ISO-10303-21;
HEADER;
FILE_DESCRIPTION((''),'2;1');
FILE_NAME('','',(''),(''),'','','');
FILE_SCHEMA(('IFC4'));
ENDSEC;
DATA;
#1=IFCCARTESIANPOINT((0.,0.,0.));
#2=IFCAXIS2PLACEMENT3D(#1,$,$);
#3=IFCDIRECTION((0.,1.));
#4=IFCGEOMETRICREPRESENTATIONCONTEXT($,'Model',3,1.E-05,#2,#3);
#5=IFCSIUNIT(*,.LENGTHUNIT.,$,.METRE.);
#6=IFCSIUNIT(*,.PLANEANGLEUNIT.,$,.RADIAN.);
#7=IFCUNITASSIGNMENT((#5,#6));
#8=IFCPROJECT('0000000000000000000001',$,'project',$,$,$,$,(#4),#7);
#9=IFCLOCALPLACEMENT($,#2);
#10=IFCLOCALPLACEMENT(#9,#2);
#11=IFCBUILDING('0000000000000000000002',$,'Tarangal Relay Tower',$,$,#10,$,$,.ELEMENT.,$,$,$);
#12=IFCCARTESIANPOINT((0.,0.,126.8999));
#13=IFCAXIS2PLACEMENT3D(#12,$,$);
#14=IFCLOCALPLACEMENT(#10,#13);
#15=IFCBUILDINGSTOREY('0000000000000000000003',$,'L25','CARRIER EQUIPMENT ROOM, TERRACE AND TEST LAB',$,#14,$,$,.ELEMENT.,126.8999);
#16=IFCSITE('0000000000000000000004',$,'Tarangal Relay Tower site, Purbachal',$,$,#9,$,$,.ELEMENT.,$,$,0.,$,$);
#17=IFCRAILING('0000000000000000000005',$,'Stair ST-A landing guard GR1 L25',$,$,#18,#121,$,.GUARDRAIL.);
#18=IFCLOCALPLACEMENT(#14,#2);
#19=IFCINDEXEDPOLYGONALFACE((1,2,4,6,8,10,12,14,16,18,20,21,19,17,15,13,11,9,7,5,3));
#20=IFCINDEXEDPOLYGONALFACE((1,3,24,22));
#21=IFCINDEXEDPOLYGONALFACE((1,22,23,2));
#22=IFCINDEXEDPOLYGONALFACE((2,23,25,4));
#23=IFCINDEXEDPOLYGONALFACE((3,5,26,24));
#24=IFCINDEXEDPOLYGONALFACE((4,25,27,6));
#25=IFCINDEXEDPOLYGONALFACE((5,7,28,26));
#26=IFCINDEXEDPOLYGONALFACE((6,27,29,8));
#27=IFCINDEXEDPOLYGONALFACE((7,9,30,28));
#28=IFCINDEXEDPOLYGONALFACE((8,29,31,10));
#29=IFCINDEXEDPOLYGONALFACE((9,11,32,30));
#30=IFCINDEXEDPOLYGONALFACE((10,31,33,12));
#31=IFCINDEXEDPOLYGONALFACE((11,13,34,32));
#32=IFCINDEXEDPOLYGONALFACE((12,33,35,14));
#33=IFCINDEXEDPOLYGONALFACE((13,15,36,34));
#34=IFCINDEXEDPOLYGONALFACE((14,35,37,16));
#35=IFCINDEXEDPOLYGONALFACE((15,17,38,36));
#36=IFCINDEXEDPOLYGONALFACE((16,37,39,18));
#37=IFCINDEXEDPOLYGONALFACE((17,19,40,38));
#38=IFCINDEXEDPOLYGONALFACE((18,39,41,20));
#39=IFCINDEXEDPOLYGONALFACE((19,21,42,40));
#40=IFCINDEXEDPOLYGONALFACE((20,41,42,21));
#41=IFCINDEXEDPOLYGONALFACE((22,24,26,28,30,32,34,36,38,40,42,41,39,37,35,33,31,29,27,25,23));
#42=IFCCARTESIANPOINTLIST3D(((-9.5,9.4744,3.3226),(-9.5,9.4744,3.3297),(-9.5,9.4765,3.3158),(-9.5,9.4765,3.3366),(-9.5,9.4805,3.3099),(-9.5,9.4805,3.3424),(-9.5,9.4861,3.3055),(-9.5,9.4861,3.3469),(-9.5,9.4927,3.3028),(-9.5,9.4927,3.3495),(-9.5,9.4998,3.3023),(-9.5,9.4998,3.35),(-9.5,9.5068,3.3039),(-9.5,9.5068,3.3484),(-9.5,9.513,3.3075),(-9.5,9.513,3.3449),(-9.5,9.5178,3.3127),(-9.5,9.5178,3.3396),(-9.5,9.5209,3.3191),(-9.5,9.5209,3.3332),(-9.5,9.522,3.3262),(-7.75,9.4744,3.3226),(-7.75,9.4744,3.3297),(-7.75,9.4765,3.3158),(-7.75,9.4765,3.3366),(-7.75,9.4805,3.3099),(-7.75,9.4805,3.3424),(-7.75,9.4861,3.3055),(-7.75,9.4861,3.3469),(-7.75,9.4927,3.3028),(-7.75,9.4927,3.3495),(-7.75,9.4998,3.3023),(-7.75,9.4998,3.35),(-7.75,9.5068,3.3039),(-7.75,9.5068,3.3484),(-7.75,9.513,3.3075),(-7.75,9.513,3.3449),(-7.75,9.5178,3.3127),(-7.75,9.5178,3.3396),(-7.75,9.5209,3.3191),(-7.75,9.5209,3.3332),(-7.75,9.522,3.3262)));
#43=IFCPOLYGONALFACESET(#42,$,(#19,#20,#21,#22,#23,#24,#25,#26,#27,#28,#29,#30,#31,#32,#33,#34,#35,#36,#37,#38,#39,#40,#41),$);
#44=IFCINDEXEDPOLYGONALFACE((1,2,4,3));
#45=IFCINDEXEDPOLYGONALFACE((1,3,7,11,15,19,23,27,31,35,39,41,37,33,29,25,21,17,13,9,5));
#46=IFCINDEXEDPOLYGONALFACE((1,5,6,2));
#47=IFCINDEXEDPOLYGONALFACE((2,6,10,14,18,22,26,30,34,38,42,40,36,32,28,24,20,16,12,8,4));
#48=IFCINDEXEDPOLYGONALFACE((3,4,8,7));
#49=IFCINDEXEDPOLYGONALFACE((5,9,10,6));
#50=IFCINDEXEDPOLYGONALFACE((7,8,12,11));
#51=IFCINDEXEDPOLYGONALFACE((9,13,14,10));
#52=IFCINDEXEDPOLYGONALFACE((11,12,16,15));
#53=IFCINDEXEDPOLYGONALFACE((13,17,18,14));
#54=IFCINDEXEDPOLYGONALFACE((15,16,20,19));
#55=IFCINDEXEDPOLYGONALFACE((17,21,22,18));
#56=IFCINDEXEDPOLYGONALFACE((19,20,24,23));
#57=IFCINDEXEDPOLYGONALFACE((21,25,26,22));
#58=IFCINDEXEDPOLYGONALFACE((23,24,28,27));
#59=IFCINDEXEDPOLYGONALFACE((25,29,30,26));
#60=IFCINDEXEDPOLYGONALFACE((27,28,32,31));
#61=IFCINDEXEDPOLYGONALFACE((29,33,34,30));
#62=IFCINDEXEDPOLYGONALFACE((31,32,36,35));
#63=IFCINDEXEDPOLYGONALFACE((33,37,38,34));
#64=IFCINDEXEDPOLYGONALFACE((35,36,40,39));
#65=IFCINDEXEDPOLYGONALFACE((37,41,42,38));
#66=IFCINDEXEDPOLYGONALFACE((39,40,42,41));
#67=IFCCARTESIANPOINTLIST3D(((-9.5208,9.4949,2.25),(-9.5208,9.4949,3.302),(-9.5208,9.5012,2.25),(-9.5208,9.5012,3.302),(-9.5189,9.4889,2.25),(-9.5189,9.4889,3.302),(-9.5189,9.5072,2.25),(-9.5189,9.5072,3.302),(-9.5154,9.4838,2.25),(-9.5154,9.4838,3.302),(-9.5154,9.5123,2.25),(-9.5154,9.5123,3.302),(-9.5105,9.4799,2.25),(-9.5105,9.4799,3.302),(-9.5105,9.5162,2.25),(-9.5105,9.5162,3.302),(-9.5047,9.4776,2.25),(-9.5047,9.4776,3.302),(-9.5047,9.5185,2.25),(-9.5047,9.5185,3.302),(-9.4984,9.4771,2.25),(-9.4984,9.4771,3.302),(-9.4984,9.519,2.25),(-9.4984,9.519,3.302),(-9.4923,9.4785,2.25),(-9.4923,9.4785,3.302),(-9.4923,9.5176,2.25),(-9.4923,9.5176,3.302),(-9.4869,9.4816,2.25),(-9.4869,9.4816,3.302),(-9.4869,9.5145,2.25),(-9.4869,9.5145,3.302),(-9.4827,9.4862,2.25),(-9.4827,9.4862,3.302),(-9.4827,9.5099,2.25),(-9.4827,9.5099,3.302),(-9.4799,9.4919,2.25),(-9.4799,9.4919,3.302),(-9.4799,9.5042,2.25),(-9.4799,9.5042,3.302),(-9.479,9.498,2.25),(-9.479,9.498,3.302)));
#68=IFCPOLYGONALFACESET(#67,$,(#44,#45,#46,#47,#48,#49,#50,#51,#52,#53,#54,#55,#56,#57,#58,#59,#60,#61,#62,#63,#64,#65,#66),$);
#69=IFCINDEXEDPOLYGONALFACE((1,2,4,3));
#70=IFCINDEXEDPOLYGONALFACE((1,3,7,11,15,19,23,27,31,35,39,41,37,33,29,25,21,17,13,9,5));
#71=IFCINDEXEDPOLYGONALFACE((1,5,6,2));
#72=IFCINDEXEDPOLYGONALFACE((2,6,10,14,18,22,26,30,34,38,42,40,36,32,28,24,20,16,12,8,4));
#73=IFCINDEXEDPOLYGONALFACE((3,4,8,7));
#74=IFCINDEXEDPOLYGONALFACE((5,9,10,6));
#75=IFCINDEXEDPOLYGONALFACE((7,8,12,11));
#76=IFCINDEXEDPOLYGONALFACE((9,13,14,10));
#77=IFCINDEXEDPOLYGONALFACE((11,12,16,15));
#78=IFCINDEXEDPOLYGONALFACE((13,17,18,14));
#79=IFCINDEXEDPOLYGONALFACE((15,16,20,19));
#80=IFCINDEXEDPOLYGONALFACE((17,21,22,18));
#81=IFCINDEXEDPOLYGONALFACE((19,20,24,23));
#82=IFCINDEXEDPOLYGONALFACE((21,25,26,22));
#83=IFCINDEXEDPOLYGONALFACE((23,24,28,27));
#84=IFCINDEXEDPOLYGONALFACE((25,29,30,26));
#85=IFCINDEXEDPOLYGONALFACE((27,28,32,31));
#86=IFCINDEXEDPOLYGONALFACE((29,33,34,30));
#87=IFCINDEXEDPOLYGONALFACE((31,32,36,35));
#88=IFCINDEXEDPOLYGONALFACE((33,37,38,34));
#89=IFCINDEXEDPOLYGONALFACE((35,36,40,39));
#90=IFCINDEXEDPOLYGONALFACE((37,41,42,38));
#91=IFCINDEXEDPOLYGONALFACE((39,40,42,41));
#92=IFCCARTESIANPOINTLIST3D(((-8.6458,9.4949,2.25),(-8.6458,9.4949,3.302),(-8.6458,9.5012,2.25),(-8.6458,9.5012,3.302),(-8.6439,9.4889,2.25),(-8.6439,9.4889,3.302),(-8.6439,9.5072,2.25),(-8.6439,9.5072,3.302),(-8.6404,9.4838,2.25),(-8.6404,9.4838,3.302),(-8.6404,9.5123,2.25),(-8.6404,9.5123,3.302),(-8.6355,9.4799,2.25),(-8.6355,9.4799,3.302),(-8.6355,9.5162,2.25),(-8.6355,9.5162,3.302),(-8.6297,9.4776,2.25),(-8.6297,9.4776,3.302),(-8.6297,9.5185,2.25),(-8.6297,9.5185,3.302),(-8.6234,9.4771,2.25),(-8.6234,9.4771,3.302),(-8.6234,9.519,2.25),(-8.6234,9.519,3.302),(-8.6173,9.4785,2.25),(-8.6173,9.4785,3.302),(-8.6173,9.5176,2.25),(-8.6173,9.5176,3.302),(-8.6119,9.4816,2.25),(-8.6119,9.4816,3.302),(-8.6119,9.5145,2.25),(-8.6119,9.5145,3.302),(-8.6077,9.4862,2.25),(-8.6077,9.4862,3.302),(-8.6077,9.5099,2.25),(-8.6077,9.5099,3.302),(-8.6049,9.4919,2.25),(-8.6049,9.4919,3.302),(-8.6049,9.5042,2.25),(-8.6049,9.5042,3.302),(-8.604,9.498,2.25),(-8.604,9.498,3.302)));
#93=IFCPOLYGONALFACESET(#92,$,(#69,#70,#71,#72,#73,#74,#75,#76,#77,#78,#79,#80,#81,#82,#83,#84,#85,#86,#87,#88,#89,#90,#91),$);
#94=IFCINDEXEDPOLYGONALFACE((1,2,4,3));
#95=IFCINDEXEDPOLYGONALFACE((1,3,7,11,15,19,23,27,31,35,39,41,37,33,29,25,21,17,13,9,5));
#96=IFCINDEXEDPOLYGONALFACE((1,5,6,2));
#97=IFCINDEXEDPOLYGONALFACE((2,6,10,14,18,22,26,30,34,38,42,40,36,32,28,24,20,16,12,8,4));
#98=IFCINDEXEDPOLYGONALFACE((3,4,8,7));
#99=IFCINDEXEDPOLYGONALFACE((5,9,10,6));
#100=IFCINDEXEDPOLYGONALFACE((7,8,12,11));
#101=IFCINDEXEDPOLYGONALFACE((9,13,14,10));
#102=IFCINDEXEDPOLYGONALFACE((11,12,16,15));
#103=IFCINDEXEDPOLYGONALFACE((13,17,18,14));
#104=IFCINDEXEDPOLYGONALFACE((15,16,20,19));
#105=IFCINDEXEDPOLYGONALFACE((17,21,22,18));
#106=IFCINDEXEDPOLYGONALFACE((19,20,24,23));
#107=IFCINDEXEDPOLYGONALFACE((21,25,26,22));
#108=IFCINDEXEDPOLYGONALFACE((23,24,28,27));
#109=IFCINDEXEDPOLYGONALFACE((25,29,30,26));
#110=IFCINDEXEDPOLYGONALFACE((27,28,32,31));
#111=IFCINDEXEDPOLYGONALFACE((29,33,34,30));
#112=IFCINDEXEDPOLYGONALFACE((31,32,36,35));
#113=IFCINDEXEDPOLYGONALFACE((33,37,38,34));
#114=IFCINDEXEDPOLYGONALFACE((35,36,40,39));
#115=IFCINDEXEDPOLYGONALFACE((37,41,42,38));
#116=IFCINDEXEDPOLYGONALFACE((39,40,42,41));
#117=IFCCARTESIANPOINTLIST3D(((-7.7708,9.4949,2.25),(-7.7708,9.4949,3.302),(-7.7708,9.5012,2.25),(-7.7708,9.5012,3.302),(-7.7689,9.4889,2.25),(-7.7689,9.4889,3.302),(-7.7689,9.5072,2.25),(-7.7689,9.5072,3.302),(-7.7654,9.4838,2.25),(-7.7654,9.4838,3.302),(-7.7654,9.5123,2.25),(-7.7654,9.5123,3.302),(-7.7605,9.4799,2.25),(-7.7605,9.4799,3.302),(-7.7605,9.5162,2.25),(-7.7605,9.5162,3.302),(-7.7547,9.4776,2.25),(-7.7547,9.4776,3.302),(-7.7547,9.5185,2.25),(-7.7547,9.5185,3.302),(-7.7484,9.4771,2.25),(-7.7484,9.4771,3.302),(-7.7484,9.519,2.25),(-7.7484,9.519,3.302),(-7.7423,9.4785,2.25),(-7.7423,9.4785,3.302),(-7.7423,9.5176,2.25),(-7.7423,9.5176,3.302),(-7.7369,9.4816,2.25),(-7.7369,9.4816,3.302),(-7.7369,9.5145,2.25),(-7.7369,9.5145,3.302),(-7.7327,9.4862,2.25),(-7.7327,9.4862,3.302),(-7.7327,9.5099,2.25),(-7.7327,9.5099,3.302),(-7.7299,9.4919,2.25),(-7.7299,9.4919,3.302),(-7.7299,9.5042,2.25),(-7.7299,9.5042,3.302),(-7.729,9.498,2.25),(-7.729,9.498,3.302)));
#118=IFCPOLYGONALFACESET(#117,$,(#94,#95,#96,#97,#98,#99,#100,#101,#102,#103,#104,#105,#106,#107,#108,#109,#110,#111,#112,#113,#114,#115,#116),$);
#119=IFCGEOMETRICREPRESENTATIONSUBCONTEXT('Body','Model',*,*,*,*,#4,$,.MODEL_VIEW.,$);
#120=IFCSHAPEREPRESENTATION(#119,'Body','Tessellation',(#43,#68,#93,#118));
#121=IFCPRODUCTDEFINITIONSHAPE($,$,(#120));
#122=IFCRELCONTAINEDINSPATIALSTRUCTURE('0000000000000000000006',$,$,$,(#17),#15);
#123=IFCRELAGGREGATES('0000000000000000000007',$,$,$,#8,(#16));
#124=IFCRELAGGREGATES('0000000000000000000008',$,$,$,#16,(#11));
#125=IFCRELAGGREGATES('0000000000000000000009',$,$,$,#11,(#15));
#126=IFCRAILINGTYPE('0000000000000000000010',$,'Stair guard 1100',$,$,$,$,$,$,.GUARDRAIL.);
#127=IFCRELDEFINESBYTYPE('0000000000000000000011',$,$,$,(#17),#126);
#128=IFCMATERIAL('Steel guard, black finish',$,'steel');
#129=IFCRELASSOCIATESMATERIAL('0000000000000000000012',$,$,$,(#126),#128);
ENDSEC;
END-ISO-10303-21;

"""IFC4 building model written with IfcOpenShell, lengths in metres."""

from ifc_helpers import new_model, si_unit, direction, frame, origin, origin_2d, place, context, subcontext, project, spatial, circle, extrude, material, type_object, element, save


model = new_model("IFC4")

# Units and contexts
model_context = context("Model", 3, precision=1e-05, world=origin(), true_north=direction((0.0, 1.0)))
body_context = subcontext(model_context, "Body", "Model", "MODEL_VIEW")
ifc_project = project(units=[si_unit("LENGTHUNIT", "METRE"), si_unit("PLANEANGLEUNIT", "RADIAN")], contexts=[model_context])

# Site, building, storey
site_placement = place(None, origin())
site = spatial("IfcSite", under=ifc_project, at=site_placement, Name="Tarangal Relay Tower site, Purbachal", CompositionType="ELEMENT", RefElevation=0.0)
building_placement = place(site_placement, origin())
building = spatial("IfcBuilding", under=site, at=building_placement, Name="Tarangal Relay Tower", CompositionType="ELEMENT")
storey_placement = place(building_placement, frame((0.0, 0.0, 126.8999)))
storey = spatial("IfcBuildingStorey", under=building, at=storey_placement, Name="L25", Description="CARRIER EQUIPMENT ROOM, TERRACE AND TEST LAB", CompositionType="ELEMENT", Elevation=126.8999)

# Railing
ifc_material_1 = material(Name="Steel guard, black finish", Category="steel")
railing_type_1 = type_object("IfcRailingType", Name="Stair guard 1100", PredefinedType="GUARDRAIL", material=ifc_material_1)
railing_1_placement = place(storey_placement, frame((-9.5, 9.498, 2.25)))
element("IfcRailing", 1, at=railing_1_placement, inside=storey, type_object=railing_type_1, Name="Stair ST-A landing guard GR1 L25", PredefinedType="GUARDRAIL", context=body_context, shape_type="SweptSolid", body=[
    extrude(circle(Radius=0.0239, at=origin_2d()), frame((0.0, 0.0, 1.0762), z_axis=(1.0, 0.0, 0.0), x_axis=(0.0, 1.0, 0.0)), (0.0, 0.0, 1.0), 1.75),
    extrude(circle(Radius=0.021, at=origin_2d()), origin(), (0.0, 0.0, 1.0), 1.052),
    extrude(circle(Radius=0.021, at=origin_2d()), frame((0.875, 0.0, 0.0)), (0.0, 0.0, 1.0), 1.052),
    extrude(circle(Radius=0.021, at=origin_2d()), frame((1.75, 0.0, 0.0)), (0.0, 0.0, 1.0), 1.052),
])

save(model, "model.ifc")
